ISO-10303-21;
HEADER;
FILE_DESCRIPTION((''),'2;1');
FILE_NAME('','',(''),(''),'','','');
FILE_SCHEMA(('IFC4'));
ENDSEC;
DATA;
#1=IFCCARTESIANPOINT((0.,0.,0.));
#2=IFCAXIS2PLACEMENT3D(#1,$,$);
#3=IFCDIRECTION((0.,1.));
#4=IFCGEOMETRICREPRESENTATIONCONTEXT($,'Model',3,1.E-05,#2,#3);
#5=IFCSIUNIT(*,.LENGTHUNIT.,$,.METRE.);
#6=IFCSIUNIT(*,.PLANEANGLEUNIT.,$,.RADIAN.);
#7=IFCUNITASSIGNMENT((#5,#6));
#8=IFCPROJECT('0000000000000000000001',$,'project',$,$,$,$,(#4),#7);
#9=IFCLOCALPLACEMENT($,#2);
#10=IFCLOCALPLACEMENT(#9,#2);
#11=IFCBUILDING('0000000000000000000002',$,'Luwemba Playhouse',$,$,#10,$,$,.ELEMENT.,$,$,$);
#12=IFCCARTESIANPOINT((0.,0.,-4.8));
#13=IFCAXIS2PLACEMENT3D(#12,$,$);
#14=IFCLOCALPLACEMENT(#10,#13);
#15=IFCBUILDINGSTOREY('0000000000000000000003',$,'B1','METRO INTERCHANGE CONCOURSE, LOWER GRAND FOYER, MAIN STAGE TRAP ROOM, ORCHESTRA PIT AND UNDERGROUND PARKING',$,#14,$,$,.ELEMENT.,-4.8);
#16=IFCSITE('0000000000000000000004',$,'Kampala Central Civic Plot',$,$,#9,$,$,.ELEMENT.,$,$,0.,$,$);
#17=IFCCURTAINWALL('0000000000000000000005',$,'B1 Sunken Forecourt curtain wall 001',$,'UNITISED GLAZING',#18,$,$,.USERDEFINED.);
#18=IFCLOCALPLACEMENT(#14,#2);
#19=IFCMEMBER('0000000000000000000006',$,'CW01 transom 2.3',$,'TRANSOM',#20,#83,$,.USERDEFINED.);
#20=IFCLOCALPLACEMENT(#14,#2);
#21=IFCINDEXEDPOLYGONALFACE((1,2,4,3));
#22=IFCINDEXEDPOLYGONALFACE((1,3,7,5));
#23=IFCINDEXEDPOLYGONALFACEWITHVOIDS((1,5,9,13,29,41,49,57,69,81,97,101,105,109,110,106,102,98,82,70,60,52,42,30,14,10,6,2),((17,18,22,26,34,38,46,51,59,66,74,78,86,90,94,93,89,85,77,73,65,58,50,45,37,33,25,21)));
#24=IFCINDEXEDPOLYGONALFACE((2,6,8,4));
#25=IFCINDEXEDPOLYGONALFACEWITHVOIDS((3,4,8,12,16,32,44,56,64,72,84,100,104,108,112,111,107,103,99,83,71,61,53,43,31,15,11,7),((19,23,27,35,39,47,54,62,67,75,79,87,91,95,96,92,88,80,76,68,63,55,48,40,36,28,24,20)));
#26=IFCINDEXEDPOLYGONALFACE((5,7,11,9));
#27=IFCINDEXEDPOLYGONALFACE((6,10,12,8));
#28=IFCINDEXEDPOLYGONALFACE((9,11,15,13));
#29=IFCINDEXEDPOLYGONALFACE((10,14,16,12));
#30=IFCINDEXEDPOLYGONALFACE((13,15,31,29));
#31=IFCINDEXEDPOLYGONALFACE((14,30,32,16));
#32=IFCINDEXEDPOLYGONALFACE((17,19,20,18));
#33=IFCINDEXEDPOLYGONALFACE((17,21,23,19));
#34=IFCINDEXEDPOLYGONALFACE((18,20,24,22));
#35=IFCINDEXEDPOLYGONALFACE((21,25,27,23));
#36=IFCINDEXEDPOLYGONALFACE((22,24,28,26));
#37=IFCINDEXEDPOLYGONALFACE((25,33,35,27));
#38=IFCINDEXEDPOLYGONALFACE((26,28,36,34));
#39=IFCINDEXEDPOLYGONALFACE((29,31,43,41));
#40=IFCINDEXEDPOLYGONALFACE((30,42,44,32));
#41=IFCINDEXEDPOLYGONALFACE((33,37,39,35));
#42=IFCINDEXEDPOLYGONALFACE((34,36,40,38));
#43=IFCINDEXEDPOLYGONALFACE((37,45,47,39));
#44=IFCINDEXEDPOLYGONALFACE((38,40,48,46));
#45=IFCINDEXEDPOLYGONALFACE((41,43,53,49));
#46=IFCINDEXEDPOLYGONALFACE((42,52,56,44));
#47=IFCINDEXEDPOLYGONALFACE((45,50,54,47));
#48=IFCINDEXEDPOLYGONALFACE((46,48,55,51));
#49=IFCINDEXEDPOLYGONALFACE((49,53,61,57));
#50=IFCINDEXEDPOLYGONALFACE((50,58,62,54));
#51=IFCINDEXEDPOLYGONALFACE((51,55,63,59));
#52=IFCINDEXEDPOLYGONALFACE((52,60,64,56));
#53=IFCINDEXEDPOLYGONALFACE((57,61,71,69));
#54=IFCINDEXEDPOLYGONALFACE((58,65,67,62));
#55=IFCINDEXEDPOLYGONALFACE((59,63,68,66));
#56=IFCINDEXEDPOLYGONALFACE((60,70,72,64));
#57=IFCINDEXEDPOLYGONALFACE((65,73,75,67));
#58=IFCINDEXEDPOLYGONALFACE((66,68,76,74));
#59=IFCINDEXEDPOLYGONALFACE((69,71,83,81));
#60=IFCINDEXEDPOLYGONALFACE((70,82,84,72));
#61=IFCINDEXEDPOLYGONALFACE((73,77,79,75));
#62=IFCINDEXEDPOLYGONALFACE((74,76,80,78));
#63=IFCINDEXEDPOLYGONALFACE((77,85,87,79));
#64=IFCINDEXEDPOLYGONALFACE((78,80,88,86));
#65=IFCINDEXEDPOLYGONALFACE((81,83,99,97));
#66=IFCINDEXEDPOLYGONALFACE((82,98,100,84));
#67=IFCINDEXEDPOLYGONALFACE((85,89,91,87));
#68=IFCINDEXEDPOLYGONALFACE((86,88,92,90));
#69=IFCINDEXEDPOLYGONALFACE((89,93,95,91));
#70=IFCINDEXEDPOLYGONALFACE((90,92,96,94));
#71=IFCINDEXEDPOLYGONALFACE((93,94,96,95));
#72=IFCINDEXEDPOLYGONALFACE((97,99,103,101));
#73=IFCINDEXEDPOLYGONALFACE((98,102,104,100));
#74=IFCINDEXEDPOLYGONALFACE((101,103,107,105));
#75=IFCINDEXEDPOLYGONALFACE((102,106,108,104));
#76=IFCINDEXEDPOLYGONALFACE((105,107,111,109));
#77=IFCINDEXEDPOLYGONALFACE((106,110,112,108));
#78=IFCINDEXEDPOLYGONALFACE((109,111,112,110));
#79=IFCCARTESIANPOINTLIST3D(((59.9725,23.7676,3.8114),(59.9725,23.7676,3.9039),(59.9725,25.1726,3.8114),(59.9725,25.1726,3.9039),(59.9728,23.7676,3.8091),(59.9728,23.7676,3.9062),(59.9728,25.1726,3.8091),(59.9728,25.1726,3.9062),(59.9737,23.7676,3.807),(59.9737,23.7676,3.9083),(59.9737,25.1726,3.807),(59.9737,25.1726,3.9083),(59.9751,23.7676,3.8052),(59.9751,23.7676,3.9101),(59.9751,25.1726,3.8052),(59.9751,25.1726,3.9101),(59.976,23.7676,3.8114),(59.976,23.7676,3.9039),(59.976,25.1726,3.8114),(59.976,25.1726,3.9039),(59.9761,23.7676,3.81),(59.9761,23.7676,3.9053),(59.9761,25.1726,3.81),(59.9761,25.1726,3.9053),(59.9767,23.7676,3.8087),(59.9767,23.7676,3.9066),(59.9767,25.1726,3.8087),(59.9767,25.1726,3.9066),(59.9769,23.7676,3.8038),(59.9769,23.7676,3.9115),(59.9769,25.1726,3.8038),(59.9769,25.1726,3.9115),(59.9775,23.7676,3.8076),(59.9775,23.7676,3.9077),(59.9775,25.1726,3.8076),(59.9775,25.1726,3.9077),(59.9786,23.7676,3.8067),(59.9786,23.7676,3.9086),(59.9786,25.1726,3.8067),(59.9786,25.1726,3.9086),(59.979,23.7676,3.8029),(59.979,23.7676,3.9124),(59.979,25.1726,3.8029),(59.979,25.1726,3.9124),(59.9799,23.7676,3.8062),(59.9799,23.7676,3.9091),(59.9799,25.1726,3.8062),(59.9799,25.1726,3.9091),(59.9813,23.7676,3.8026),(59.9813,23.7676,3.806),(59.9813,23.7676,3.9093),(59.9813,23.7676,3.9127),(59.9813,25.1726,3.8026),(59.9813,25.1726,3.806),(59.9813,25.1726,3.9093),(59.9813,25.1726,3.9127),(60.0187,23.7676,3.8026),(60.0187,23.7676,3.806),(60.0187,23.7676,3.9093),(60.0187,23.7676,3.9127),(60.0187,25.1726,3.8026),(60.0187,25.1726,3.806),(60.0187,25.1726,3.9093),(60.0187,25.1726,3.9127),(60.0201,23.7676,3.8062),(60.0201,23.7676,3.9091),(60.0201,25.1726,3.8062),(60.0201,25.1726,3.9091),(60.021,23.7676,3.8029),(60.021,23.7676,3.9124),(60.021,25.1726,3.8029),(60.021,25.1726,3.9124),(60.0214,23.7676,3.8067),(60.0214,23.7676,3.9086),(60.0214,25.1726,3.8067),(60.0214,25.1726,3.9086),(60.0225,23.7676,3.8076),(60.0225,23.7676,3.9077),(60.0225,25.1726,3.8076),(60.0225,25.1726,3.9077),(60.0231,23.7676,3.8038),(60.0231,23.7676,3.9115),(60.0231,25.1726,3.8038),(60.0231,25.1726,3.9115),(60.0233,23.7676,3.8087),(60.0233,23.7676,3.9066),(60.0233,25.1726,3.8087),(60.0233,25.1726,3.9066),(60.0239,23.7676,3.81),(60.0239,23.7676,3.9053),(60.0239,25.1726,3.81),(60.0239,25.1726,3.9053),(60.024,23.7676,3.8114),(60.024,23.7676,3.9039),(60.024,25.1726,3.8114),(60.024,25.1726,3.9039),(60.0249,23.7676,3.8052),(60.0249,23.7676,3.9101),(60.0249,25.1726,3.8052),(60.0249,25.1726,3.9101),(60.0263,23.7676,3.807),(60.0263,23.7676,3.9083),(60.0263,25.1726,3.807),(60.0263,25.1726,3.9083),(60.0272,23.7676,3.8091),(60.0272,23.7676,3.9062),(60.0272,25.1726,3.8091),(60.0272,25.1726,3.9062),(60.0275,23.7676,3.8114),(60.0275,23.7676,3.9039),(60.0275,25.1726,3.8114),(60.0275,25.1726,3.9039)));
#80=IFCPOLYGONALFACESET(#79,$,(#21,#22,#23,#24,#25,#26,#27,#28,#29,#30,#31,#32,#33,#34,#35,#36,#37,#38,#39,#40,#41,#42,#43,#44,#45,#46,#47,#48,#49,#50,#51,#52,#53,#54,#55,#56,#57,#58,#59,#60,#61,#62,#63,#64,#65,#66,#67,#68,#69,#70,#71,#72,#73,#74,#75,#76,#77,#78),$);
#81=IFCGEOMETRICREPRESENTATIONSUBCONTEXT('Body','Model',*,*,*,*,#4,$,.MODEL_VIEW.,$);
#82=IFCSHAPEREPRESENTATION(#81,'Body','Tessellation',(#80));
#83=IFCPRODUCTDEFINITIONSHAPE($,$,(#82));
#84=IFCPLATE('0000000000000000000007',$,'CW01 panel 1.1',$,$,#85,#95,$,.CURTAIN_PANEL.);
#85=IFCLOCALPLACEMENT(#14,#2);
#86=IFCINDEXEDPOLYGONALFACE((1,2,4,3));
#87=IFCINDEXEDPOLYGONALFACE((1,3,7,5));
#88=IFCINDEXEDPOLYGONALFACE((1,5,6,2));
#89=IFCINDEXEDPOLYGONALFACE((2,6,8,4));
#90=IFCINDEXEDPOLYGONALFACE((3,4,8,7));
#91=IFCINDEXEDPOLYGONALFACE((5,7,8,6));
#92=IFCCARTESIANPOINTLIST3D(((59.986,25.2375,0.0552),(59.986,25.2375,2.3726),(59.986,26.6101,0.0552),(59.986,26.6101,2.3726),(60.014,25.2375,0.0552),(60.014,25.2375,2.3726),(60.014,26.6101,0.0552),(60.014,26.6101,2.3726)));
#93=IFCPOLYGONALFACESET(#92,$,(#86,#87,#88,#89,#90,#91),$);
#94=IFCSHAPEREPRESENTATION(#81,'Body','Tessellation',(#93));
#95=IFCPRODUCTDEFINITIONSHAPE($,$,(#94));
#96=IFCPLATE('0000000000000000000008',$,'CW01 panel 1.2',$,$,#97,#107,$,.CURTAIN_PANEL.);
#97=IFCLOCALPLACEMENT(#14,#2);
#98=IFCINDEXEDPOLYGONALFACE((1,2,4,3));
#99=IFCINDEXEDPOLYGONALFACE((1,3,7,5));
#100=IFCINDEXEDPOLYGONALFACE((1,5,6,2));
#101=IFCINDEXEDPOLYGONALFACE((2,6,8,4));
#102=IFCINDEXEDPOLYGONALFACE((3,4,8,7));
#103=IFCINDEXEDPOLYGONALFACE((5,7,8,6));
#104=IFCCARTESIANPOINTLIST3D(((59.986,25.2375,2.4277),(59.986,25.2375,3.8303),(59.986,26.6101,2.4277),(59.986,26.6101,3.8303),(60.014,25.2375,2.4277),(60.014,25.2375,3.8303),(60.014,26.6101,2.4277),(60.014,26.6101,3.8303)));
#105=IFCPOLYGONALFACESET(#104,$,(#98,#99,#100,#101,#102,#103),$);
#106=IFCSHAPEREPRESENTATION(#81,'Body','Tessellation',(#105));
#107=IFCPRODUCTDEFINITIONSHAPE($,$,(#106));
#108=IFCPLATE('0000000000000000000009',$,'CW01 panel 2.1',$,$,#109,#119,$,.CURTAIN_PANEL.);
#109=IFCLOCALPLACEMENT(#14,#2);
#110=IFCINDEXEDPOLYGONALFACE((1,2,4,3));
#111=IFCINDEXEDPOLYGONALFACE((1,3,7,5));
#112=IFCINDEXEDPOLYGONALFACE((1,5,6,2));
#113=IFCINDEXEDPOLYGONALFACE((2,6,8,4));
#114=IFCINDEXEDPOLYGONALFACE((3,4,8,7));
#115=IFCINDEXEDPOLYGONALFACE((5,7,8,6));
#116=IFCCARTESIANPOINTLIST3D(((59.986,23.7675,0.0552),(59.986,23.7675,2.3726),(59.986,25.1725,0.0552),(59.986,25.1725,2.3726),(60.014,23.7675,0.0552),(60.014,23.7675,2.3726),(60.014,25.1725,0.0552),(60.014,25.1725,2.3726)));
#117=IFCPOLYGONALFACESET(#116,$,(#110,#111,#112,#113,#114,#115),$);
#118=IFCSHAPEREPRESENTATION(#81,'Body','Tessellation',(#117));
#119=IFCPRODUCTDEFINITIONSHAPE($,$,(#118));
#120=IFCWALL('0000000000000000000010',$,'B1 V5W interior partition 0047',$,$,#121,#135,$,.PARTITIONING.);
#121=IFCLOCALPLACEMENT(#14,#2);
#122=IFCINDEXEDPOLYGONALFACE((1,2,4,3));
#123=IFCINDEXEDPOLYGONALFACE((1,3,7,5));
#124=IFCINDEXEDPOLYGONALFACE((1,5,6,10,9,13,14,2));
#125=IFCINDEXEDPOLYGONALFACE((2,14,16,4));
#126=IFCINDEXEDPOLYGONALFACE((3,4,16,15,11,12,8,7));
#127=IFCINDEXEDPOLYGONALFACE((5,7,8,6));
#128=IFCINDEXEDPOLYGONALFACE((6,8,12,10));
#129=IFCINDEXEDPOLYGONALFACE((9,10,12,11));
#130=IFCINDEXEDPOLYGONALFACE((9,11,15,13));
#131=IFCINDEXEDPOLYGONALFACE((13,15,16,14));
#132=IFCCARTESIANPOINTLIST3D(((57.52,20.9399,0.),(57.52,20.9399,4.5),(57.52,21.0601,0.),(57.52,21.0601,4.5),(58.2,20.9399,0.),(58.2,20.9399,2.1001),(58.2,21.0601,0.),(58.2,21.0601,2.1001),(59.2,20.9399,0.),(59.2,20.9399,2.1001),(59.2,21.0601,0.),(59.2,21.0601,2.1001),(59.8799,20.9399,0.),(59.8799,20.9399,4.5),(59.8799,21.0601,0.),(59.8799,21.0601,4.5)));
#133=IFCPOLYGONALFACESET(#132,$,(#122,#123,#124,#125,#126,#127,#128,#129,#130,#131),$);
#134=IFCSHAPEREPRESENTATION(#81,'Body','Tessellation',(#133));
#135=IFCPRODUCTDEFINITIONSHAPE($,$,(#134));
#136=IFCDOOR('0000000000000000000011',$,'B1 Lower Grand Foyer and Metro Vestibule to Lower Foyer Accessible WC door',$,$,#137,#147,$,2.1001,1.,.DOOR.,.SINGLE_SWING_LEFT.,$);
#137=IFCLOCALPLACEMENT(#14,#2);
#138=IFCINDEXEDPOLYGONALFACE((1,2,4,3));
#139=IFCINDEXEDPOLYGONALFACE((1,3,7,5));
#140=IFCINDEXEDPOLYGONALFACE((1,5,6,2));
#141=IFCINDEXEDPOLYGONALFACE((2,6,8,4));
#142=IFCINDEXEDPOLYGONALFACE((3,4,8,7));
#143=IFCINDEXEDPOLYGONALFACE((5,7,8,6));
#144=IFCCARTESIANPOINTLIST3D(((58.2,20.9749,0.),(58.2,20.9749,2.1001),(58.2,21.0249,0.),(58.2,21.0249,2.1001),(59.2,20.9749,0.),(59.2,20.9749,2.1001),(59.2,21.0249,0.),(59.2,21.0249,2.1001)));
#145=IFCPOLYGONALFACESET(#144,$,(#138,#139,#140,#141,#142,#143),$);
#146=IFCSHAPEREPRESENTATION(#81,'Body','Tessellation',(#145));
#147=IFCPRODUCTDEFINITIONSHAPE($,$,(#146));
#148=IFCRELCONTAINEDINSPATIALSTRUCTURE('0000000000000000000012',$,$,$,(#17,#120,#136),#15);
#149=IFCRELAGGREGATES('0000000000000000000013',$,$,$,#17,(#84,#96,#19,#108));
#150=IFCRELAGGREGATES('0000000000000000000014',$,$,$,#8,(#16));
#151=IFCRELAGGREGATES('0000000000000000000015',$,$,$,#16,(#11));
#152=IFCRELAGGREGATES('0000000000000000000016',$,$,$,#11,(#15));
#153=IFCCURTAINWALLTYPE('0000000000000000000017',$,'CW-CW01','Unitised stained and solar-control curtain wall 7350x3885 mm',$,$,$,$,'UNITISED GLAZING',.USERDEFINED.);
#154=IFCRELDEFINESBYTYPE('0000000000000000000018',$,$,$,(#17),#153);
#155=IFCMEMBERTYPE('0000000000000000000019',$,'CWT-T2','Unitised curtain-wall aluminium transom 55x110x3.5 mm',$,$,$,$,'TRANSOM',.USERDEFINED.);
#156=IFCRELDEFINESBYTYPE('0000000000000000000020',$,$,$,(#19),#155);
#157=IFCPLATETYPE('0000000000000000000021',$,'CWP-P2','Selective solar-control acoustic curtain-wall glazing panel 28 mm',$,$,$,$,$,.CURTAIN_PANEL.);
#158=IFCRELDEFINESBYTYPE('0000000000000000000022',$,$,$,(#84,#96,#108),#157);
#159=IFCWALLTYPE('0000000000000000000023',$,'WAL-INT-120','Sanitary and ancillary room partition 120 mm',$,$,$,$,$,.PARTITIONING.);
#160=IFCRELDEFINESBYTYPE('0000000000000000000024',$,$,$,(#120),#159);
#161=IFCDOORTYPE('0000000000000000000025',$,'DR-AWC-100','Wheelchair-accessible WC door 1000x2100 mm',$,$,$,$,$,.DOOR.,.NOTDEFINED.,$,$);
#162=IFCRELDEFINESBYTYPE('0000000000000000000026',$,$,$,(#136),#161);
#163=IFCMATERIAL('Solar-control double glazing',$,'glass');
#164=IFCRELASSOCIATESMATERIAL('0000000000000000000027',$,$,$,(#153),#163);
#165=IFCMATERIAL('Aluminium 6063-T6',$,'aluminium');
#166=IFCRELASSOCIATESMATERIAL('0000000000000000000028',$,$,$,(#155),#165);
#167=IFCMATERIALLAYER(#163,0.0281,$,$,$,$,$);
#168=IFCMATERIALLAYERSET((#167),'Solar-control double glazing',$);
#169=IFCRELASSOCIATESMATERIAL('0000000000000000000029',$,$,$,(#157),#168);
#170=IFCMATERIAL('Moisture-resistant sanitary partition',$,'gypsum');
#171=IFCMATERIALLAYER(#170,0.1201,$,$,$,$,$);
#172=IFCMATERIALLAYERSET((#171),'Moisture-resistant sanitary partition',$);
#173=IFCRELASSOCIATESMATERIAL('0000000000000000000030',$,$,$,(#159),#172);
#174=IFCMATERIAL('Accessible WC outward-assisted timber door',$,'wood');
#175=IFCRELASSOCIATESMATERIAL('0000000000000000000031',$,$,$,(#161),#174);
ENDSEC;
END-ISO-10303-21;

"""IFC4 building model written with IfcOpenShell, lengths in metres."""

from ifc_helpers import new_model, si_unit, direction, frame, frame_2d, origin, origin_2d, place, context, subcontext, project, spatial, rectangle, hollow_rectangle, extrude, material, layer, layer_set, material_profile, profile_set, type_object, element, fill, aggregate, save


model = new_model("IFC4")

# Units and contexts
model_context = context("Model", 3, precision=1e-05, world=origin(), true_north=direction((0.0, 1.0)))
body_context = subcontext(model_context, "Body", "Model", "MODEL_VIEW")
ifc_project = project(units=[si_unit("LENGTHUNIT", "METRE"), si_unit("PLANEANGLEUNIT", "RADIAN")], contexts=[model_context])

# Site, building, storey
site_placement = place(None, origin())
site = spatial("IfcSite", under=ifc_project, at=site_placement, Name="Kampala Central Civic Plot", CompositionType="ELEMENT", RefElevation=0.0)
building_placement = place(site_placement, origin())
building = spatial("IfcBuilding", under=site, at=building_placement, Name="Luwemba Playhouse", CompositionType="ELEMENT")
storey_placement = place(building_placement, frame((0.0, 0.0, -4.8)))
storey = spatial("IfcBuildingStorey", under=building, at=storey_placement, Name="B1", Description="METRO INTERCHANGE CONCOURSE, LOWER GRAND FOYER, MAIN STAGE TRAP ROOM, ORCHESTRA PIT AND UNDERGROUND PARKING", CompositionType="ELEMENT", Elevation=-4.8)

# Curtain wall, member, plates
ifc_material_1 = material(Name="Solar-control double glazing", Category="glass")
curtain_wall_type = type_object("IfcCurtainWallType", Name="CW-CW01", Description="Unitised stained and solar-control curtain wall 7350x3885 mm", ElementType="UNITISED GLAZING", PredefinedType="USERDEFINED", material=ifc_material_1)
curtain_wall_placement = place(storey_placement, origin())
curtain_wall = element("IfcCurtainWall", 1, at=curtain_wall_placement, inside=storey, type_object=curtain_wall_type, Name="B1 Sunken Forecourt curtain wall 001", ObjectType="UNITISED GLAZING", PredefinedType="USERDEFINED")
ifc_material_2 = material(Name="Aluminium 6063-T6", Category="aluminium")
ifc_material_profile_1 = material_profile(ifc_material_2, hollow_rectangle(XDim=0.0549, YDim=0.1101, WallThickness=0.0034, InnerFilletRadius=0.0054, OuterFilletRadius=0.0088, at=origin_2d()))
ifc_profile_set_1 = profile_set([ifc_material_profile_1], Name="Aluminium 6063-T6")
member_type_1 = type_object("IfcMemberType", Name="CWT-T2", Description="Unitised curtain-wall aluminium transom 55x110x3.5 mm", ElementType="TRANSOM", PredefinedType="USERDEFINED", material=ifc_profile_set_1)
member_1_placement = place(storey_placement, frame((60.0, 25.1726, 3.8577), z_axis=(0.0, -1.0, 0.0), x_axis=(1.0, 0.0, 0.0)))
member_1 = element("IfcMember", 2, at=member_1_placement, type_object=member_type_1, Name="CW01 transom 2.3", ObjectType="TRANSOM", PredefinedType="USERDEFINED", context=body_context, shape_type="SweptSolid", body=[
    extrude(hollow_rectangle(XDim=0.0549, YDim=0.1101, WallThickness=0.0034, InnerFilletRadius=0.0054, OuterFilletRadius=0.0088, at=origin_2d()), origin(), (0.0, 0.0, 1.0), 1.405),
])
ifc_layer_1 = layer(ifc_material_1, 0.0281)
ifc_layer_set_1 = layer_set([ifc_layer_1], Name="Solar-control double glazing")
plate_type = type_object("IfcPlateType", Name="CWP-P2", Description="Selective solar-control acoustic curtain-wall glazing panel 28 mm", PredefinedType="CURTAIN_PANEL", material=ifc_layer_set_1)
plate_1_placement = place(storey_placement, frame((60.0, 25.9238, 0.0552), z_axis=(0.0, 0.0, 1.0), x_axis=(0.0, -1.0, 0.0)))
plate_1 = element("IfcPlate", 3, at=plate_1_placement, type_object=plate_type, Name="CW01 panel 1.1", PredefinedType="CURTAIN_PANEL", context=body_context, shape_type="SweptSolid", body=[
    extrude(rectangle(XDim=1.3726, YDim=0.0281, at=origin_2d()), origin(), (0.0, 0.0, 1.0), 2.3174),
])
plate_2_placement = place(storey_placement, frame((60.0, 25.9238, 2.4277), z_axis=(0.0, 0.0, 1.0), x_axis=(0.0, -1.0, 0.0)))
plate_2 = element("IfcPlate", 4, at=plate_2_placement, type_object=plate_type, Name="CW01 panel 1.2", PredefinedType="CURTAIN_PANEL", context=body_context, shape_type="SweptSolid", body=[
    extrude(rectangle(XDim=1.3726, YDim=0.0281, at=origin_2d()), origin(), (0.0, 0.0, 1.0), 1.4026),
])
plate_3_placement = place(storey_placement, frame((60.0, 24.47, 0.0552), z_axis=(0.0, 0.0, 1.0), x_axis=(0.0, -1.0, 0.0)))
plate_3 = element("IfcPlate", 5, at=plate_3_placement, type_object=plate_type, Name="CW01 panel 2.1", PredefinedType="CURTAIN_PANEL", context=body_context, shape_type="SweptSolid", body=[
    extrude(rectangle(XDim=1.405, YDim=0.0281, at=origin_2d()), origin(), (0.0, 0.0, 1.0), 2.3174),
])
aggregate(curtain_wall, [plate_1, plate_2, member_1, plate_3])

# Wall, opening, door
ifc_material_3 = material(Name="Moisture-resistant sanitary partition", Category="gypsum")
ifc_layer_2 = layer(ifc_material_3, 0.1201)
ifc_layer_set_2 = layer_set([ifc_layer_2], Name="Moisture-resistant sanitary partition")
wall_type = type_object("IfcWallType", Name="WAL-INT-120", Description="Sanitary and ancillary room partition 120 mm", PredefinedType="PARTITIONING", material=ifc_layer_set_2)
wall_placement = place(storey_placement, frame((57.52, 21.0, 0.0), z_axis=(0.0, 0.0, 1.0), x_axis=(1.0, 0.0, 0.0)))
wall = element("IfcWall", 6, at=wall_placement, inside=storey, type_object=wall_type, Name="B1 V5W interior partition 0047", PredefinedType="PARTITIONING", context=body_context, shape_type="SweptSolid", body=[
    extrude(rectangle(XDim=2.3599, YDim=0.1201, at=frame_2d((1.1799, 0.0))), origin(), (0.0, 0.0, 1.0), 4.5),
])
opening_placement = place(wall_placement, frame((0.6799, 0.0, 0.0)))
opening = element("IfcOpeningElement", 7, at=opening_placement, cuts=wall, PredefinedType="OPENING", context=body_context, shape_type="SweptSolid", body=[
    extrude(rectangle(XDim=1.0, YDim=2.1001, at=frame_2d((0.5, 1.05))), frame((0.0, 0.0701, 0.0), z_axis=(0.0, -1.0, 0.0), x_axis=(1.0, 0.0, 0.0)), (0.0, 0.0, 1.0), 0.1401),
])
ifc_material_4 = material(Name="Accessible WC outward-assisted timber door", Category="wood")
door_type = type_object("IfcDoorType", Name="DR-AWC-100", Description="Wheelchair-accessible WC door 1000x2100 mm", OperationType="NOTDEFINED", PredefinedType="DOOR", material=ifc_material_4)
door_placement = place(opening_placement, origin())
door = element("IfcDoor", 8, at=door_placement, inside=storey, type_object=door_type, Name="B1 Lower Grand Foyer and Metro Vestibule to Lower Foyer Accessible WC door", OperationType="SINGLE_SWING_LEFT", OverallHeight=2.1001, OverallWidth=1.0, PredefinedType="DOOR", context=body_context, shape_type="SweptSolid", body=[
    extrude(rectangle(XDim=1.0, YDim=2.1001, at=frame_2d((0.5, 1.05))), frame((0.0, 0.0249, 0.0), z_axis=(0.0, -1.0, 0.0), x_axis=(1.0, 0.0, 0.0)), (0.0, 0.0, 1.0), 0.05),
])
fill(opening, door)

save(model, "model.ifc")
